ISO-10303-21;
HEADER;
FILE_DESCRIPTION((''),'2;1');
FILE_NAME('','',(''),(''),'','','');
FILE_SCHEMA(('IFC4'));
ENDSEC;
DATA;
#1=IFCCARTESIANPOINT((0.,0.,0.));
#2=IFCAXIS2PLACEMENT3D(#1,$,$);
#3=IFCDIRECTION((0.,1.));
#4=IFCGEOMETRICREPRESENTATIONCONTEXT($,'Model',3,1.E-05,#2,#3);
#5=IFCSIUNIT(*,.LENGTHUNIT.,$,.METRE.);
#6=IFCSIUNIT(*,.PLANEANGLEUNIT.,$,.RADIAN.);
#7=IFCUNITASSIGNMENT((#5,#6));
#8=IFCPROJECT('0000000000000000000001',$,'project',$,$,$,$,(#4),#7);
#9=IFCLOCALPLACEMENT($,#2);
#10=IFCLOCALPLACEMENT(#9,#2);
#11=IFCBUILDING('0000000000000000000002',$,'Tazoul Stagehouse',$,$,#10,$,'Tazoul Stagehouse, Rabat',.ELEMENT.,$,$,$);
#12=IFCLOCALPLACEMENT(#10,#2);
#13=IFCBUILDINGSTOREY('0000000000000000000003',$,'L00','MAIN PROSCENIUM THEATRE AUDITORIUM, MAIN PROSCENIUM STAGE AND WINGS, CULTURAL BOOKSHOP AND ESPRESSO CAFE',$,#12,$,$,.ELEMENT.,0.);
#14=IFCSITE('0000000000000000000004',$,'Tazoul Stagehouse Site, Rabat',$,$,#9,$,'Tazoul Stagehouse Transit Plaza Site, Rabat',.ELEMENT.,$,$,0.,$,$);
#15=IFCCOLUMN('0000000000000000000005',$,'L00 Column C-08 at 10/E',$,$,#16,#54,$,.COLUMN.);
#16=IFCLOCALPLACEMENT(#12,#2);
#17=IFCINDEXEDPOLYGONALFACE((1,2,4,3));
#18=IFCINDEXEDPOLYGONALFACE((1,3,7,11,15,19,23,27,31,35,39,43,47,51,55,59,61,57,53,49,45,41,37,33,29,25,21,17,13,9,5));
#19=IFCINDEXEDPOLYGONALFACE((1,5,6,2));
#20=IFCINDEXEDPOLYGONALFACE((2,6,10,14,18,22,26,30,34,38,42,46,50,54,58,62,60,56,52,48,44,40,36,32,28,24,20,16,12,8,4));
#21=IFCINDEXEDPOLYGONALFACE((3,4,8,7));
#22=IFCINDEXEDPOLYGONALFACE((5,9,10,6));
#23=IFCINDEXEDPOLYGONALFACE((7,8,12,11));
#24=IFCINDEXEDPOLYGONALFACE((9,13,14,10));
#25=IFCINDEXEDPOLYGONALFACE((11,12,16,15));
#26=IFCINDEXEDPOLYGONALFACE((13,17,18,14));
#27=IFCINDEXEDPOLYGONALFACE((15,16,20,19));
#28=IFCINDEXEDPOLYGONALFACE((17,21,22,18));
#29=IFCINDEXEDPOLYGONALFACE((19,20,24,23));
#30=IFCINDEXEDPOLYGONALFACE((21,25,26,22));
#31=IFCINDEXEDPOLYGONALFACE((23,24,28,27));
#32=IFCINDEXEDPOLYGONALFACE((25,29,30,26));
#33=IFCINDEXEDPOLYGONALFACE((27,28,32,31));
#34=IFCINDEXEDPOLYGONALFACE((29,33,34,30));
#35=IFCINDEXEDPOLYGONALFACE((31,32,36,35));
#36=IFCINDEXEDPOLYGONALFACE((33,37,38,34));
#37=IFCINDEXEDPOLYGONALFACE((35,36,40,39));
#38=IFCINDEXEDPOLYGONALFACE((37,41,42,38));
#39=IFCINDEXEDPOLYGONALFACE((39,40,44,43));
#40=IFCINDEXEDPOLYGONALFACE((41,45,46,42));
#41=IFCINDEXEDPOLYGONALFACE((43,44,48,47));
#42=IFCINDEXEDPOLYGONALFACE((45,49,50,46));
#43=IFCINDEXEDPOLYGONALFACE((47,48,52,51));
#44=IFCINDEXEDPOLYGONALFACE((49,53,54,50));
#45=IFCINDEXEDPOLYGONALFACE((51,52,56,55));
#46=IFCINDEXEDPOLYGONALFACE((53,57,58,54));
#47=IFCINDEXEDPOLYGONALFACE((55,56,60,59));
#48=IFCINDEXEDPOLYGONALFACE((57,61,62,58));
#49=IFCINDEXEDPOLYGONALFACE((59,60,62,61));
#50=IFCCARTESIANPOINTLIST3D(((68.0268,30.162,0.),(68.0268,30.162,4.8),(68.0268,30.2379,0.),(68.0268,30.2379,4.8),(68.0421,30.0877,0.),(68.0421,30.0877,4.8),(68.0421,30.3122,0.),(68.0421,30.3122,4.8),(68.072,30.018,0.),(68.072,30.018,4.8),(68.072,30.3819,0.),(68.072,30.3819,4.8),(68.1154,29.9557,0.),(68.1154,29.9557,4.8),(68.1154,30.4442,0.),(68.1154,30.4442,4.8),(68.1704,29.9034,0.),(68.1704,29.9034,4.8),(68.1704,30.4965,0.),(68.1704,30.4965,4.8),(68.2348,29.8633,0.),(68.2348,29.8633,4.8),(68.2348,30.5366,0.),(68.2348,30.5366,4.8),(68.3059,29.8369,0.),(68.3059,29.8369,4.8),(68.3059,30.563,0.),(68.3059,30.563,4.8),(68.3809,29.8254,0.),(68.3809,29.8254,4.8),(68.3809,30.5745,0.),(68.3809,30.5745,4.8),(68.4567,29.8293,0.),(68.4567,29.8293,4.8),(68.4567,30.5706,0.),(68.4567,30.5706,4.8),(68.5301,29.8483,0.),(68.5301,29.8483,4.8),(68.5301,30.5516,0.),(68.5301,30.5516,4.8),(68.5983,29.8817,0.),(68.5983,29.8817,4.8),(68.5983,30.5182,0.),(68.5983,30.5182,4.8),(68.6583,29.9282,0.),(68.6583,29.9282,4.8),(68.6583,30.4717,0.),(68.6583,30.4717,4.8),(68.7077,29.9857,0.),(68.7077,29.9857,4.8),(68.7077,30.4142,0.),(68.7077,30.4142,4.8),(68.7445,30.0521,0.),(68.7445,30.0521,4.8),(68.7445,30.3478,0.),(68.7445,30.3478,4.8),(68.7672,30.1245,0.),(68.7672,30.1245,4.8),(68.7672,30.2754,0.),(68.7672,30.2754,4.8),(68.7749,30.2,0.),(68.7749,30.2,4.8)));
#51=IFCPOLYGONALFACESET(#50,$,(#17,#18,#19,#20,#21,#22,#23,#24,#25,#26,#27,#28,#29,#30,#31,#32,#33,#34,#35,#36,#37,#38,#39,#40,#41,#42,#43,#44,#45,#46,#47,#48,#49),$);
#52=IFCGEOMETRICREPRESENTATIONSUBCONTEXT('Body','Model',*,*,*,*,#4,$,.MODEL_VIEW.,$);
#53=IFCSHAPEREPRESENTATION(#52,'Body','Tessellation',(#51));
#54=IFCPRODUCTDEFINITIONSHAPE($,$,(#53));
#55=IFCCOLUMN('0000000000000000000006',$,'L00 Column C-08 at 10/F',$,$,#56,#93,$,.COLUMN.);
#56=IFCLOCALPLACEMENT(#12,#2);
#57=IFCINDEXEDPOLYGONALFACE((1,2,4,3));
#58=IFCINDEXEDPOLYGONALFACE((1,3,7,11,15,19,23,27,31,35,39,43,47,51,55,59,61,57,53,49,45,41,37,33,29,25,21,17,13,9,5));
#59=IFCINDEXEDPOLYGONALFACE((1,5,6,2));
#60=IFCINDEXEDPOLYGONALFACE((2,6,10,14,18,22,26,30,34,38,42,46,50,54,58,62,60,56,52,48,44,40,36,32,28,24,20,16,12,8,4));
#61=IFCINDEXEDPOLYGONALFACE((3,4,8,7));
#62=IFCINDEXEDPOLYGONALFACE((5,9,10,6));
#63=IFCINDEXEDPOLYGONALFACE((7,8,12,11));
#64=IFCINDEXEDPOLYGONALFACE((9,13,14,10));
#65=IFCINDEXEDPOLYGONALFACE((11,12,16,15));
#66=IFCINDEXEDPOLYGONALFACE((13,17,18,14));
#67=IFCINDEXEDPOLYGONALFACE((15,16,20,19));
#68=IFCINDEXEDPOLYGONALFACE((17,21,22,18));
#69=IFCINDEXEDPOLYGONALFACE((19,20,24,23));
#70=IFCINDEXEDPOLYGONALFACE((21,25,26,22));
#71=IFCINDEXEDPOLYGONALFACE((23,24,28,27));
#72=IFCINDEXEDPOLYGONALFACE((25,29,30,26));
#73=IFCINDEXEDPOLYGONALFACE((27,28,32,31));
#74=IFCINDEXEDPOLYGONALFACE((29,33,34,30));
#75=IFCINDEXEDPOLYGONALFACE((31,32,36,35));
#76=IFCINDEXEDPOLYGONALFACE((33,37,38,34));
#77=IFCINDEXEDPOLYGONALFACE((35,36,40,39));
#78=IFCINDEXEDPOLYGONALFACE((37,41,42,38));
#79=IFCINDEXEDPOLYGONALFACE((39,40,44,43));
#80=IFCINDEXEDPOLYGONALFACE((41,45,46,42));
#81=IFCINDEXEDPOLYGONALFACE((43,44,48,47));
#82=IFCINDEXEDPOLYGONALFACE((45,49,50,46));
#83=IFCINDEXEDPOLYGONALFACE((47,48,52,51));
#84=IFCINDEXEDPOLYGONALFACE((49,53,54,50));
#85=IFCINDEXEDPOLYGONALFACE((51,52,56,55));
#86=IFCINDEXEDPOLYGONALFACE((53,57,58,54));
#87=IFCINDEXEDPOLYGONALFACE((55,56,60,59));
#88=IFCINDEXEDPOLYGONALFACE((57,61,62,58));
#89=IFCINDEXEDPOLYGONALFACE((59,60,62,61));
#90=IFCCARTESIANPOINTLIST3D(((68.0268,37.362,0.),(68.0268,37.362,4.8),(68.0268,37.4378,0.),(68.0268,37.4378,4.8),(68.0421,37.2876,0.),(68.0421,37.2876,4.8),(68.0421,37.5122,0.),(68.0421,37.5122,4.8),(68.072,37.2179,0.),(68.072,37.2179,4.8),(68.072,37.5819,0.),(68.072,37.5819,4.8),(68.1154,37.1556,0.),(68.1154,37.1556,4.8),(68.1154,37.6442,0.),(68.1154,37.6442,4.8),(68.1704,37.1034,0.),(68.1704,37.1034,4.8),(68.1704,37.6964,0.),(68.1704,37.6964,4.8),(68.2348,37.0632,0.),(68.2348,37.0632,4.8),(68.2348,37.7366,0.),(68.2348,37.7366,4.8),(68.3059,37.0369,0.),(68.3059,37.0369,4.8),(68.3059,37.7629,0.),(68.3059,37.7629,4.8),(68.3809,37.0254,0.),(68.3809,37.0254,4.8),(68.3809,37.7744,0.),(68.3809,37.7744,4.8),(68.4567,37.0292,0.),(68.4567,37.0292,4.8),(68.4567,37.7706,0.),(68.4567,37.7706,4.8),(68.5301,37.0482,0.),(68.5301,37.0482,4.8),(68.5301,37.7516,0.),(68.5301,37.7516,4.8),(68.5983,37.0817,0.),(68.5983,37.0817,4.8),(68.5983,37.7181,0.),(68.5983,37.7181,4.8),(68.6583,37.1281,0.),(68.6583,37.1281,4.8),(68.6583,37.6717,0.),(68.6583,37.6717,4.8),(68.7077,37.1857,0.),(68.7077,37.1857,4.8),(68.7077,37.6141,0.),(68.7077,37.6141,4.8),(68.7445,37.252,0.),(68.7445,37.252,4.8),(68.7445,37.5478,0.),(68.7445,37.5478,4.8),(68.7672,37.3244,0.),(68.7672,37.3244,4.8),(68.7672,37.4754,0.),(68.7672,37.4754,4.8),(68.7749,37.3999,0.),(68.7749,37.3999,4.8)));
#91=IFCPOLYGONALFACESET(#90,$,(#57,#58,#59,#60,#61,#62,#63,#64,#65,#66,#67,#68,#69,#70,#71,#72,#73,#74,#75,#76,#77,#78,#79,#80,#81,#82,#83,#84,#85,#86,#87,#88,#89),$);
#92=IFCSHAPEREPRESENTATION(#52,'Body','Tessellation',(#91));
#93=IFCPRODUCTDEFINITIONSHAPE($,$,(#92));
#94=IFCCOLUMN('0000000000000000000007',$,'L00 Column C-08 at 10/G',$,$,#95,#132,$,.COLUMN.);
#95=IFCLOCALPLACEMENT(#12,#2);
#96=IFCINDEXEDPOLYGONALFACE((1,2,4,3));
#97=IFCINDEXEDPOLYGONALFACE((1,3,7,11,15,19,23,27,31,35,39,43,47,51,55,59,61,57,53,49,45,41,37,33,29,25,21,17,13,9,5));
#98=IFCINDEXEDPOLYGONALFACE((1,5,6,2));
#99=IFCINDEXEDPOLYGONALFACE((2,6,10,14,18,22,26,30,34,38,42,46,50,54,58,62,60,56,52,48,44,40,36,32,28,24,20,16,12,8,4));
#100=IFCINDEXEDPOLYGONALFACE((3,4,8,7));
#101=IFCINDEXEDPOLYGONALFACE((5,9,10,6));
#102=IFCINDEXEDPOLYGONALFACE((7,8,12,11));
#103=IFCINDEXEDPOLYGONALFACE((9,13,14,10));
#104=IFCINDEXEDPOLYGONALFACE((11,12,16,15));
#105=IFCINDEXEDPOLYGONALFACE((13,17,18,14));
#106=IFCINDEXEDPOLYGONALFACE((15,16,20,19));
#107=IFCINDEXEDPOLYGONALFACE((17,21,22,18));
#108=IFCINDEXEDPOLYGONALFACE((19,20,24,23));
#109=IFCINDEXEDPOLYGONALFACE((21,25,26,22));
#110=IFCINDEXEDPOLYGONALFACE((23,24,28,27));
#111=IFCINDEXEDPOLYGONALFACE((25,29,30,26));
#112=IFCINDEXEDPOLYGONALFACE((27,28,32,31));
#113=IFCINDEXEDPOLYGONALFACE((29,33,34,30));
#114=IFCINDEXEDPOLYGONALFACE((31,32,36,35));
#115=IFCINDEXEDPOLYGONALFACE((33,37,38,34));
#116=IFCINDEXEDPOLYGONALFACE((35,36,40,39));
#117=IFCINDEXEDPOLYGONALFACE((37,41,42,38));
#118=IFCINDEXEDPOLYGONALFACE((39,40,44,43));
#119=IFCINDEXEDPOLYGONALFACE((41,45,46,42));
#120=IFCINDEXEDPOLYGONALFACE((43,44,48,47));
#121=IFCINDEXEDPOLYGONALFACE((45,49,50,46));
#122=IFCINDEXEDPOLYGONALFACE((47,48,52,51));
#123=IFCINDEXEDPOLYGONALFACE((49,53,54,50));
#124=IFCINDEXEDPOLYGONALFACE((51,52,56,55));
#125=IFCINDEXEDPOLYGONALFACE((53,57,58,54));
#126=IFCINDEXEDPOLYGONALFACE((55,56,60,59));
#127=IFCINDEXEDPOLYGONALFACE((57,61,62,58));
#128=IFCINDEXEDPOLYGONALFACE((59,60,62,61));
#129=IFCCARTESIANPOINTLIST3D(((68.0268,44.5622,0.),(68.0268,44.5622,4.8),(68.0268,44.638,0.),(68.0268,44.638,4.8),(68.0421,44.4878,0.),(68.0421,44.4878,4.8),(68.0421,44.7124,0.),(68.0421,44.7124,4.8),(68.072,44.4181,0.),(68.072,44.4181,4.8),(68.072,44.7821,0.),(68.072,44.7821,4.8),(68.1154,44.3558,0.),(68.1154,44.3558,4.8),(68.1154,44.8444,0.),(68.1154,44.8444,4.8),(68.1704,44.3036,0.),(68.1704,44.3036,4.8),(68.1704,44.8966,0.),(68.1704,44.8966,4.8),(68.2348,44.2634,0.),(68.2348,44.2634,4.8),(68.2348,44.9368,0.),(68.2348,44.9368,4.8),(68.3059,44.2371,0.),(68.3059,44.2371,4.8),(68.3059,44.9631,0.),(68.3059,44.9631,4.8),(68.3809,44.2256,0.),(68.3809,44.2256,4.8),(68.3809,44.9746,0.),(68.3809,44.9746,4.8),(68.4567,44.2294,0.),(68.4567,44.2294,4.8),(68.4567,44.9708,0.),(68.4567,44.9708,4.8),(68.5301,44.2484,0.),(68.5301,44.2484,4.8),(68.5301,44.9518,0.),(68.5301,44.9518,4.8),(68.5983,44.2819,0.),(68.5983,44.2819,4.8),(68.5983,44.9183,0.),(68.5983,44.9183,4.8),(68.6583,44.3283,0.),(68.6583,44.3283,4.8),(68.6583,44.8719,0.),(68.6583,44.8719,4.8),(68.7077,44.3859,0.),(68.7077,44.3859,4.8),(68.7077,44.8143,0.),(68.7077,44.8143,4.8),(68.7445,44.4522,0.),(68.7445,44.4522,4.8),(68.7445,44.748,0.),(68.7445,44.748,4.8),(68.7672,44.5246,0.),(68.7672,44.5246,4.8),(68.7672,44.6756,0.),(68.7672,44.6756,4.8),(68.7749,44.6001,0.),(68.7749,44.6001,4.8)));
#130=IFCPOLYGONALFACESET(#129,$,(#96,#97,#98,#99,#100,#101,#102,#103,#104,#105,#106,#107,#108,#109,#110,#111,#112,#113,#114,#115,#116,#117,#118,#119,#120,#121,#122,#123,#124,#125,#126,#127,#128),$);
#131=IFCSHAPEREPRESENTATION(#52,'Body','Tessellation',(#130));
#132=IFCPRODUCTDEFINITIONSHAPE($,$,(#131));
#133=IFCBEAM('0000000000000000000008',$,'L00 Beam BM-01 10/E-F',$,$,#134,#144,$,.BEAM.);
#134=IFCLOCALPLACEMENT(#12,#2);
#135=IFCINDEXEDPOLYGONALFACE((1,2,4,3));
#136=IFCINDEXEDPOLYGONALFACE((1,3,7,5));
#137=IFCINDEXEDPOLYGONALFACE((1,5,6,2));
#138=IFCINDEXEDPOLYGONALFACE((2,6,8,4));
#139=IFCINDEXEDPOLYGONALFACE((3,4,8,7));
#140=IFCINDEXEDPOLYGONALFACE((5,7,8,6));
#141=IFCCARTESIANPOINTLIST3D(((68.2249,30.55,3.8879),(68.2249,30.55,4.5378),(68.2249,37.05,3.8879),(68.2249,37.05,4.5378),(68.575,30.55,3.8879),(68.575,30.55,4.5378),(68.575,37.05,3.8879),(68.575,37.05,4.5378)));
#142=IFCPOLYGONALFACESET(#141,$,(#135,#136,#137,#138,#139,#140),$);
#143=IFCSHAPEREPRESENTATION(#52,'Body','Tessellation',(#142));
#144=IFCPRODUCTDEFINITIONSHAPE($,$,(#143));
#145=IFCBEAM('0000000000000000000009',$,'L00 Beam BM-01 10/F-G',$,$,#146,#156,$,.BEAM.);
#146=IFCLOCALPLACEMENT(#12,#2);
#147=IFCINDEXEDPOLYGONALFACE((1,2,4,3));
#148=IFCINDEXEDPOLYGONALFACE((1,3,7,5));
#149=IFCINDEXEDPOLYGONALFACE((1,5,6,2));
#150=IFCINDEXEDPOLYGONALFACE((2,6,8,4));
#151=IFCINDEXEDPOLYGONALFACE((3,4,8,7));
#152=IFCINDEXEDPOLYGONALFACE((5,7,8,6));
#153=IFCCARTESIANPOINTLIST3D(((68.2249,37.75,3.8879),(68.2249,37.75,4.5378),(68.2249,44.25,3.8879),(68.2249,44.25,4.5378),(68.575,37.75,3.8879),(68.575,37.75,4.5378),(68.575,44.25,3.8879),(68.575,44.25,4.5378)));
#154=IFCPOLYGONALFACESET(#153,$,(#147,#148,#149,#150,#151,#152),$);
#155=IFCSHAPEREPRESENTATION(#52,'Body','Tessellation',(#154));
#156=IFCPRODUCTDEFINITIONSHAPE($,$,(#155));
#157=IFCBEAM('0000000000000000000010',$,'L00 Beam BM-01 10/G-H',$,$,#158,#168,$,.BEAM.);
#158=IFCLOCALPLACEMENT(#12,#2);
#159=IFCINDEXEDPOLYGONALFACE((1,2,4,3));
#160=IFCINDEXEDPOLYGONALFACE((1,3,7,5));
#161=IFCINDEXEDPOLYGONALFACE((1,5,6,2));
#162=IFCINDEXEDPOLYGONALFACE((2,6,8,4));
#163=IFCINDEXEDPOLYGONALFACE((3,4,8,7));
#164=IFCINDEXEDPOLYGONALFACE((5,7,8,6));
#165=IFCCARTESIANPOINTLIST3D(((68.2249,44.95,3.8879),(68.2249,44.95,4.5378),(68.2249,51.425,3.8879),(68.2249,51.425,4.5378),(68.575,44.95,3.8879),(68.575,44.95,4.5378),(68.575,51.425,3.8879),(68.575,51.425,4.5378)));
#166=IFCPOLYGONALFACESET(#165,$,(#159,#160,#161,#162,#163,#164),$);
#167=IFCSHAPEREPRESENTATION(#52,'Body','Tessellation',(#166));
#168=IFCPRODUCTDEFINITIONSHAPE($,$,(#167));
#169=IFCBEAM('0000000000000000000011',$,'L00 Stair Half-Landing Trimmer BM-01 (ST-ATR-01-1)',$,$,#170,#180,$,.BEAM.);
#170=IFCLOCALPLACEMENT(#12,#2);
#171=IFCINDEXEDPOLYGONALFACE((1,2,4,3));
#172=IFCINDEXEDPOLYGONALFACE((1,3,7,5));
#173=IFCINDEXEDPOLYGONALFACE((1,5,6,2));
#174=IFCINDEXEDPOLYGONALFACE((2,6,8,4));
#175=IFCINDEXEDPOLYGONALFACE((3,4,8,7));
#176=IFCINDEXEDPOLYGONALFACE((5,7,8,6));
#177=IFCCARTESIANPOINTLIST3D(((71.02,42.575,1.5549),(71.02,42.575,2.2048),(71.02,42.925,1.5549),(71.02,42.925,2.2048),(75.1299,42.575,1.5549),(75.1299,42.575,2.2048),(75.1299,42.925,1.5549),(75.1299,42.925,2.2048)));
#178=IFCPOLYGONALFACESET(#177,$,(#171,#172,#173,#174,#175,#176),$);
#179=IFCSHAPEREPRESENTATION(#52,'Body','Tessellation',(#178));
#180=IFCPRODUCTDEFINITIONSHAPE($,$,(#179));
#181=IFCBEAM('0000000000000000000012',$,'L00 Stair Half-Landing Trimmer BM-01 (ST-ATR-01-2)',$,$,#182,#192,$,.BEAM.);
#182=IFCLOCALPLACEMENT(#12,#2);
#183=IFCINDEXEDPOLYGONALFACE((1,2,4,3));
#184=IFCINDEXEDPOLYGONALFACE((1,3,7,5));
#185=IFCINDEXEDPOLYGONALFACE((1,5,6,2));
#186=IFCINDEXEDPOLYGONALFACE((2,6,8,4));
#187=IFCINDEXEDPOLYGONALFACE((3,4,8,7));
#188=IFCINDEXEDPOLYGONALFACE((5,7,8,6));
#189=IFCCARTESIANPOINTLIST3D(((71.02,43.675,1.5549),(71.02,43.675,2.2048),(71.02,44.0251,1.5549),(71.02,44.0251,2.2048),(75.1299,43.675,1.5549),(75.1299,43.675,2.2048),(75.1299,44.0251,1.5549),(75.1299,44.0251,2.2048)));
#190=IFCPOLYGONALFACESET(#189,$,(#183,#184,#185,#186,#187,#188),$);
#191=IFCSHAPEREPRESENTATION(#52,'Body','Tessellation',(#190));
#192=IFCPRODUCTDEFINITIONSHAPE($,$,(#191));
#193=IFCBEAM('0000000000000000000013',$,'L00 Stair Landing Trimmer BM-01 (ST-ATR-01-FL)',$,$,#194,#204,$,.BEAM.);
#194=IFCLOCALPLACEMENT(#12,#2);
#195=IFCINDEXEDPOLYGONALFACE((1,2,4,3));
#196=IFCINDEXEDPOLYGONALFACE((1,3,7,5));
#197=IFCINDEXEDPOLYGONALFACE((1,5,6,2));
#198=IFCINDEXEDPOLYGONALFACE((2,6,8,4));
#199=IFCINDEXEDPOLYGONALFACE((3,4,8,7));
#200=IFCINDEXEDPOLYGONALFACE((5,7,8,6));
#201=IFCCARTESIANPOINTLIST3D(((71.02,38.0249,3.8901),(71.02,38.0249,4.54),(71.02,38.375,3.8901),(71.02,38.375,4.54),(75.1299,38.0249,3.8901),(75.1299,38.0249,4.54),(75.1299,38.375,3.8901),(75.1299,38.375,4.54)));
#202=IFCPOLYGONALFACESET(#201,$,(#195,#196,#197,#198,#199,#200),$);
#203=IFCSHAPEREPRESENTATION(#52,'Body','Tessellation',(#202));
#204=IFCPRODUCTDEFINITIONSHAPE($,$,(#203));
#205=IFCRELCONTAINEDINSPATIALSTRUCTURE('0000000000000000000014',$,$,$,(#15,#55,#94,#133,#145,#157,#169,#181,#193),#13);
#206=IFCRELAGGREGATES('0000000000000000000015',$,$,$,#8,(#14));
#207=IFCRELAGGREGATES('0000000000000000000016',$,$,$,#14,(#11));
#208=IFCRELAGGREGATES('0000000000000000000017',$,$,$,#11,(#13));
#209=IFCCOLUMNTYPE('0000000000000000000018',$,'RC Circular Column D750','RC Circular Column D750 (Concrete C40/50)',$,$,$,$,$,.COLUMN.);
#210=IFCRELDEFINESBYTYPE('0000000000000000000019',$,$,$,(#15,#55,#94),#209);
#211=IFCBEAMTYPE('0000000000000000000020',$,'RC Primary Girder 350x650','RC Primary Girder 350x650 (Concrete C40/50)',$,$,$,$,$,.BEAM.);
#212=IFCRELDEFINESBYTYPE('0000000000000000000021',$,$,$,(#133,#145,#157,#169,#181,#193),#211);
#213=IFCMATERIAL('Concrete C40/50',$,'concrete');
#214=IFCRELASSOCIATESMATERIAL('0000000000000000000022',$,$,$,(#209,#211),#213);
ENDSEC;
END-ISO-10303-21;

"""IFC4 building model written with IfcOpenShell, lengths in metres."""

from ifc_helpers import new_model, si_unit, direction, frame, origin, origin_2d, place, context, subcontext, project, spatial, rectangle, circle, extrude, material, material_profile, profile_set, type_object, element, save


model = new_model("IFC4")

# Units and contexts
model_context = context("Model", 3, precision=1e-05, world=origin(), true_north=direction((0.0, 1.0)))
body_context = subcontext(model_context, "Body", "Model", "MODEL_VIEW")
ifc_project = project(units=[si_unit("LENGTHUNIT", "METRE"), si_unit("PLANEANGLEUNIT", "RADIAN")], contexts=[model_context])

# Site, building, storey
site_placement = place(None, origin())
site = spatial("IfcSite", under=ifc_project, at=site_placement, Name="Tazoul Stagehouse Site, Rabat", LongName="Tazoul Stagehouse Transit Plaza Site, Rabat", CompositionType="ELEMENT", RefElevation=0.0)
building_placement = place(site_placement, origin())
building = spatial("IfcBuilding", under=site, at=building_placement, Name="Tazoul Stagehouse", LongName="Tazoul Stagehouse, Rabat", CompositionType="ELEMENT")
storey_placement = place(building_placement, origin())
storey = spatial("IfcBuildingStorey", under=building, at=storey_placement, Name="L00", Description="MAIN PROSCENIUM THEATRE AUDITORIUM, MAIN PROSCENIUM STAGE AND WINGS, CULTURAL BOOKSHOP AND ESPRESSO CAFE", CompositionType="ELEMENT", Elevation=0.0)

# Columns
ifc_material_1 = material(Name="Concrete C40/50", Category="concrete")
ifc_material_profile_1 = material_profile(ifc_material_1, circle(Radius=0.375, at=origin_2d()), Name="RC D750")
ifc_profile_set_1 = profile_set([ifc_material_profile_1], Name="Concrete C40/50")
column_type = type_object("IfcColumnType", Name="RC Circular Column D750", Description="RC Circular Column D750 (Concrete C40/50)", PredefinedType="COLUMN", material=ifc_profile_set_1)
for number, where, z_axis, x_axis, name in (
    (1, (68.3999, 30.2, 0.0), (0.0, 0.0, 1.0), (1.0, 0.0, 0.0), "L00 Column C-08 at 10/E"),
    (2, (68.3999, 37.3999, 0.0), (0.0, 0.0, 1.0), (1.0, 0.0, 0.0), "L00 Column C-08 at 10/F"),
    (3, (68.3999, 44.6001, 0.0), (0.0, 0.0, 1.0), (1.0, 0.0, 0.0), "L00 Column C-08 at 10/G"),
):
    element("IfcColumn", number, at=place(storey_placement, frame(where, z_axis=z_axis, x_axis=x_axis)), inside=storey, type_object=column_type, Name=name, PredefinedType="COLUMN", context=body_context, shape_type="SweptSolid", body=[
        extrude(circle(Radius=0.375, at=origin_2d()), origin(), (0.0, 0.0, 1.0), 4.8),
    ])

# Beams
ifc_material_profile_2 = material_profile(ifc_material_1, rectangle(XDim=0.3501, YDim=0.6499, at=origin_2d()), Name="RC 350x650")
ifc_profile_set_2 = profile_set([ifc_material_profile_2], Name="Concrete C40/50")
beam_type_1 = type_object("IfcBeamType", Name="RC Primary Girder 350x650", Description="RC Primary Girder 350x650 (Concrete C40/50)", PredefinedType="BEAM", material=ifc_profile_set_2)
for number, where, z_axis, x_axis, name in (
    (4, (68.3999, 30.55, 4.2129), (0.0, 1.0, 0.0), (-1.0, 0.0, 0.0), "L00 Beam BM-01 10/E-F"),
    (5, (68.3999, 37.75, 4.2129), (0.0, 1.0, 0.0), (-1.0, 0.0, 0.0), "L00 Beam BM-01 10/F-G"),
):
    element("IfcBeam", number, at=place(storey_placement, frame(where, z_axis=z_axis, x_axis=x_axis)), inside=storey, type_object=beam_type_1, Name=name, PredefinedType="BEAM", context=body_context, shape_type="SweptSolid", body=[
        extrude(rectangle(XDim=0.3501, YDim=0.6499, at=origin_2d()), origin(), (0.0, 0.0, 1.0), 6.5),
    ])
beam_placement = place(storey_placement, frame((68.3999, 44.95, 4.2129), z_axis=(0.0, 1.0, 0.0), x_axis=(-1.0, 0.0, 0.0)))
element("IfcBeam", 6, at=beam_placement, inside=storey, type_object=beam_type_1, Name="L00 Beam BM-01 10/G-H", PredefinedType="BEAM", context=body_context, shape_type="SweptSolid", body=[
    extrude(rectangle(XDim=0.3501, YDim=0.6499, at=origin_2d()), origin(), (0.0, 0.0, 1.0), 6.4751),
])
for number, where, z_axis, x_axis, name in (
    (7, (71.02, 42.75, 1.8799), (1.0, 0.0, 0.0), (0.0, 1.0, 0.0), "L00 Stair Half-Landing Trimmer BM-01 (ST-ATR-01-1)"),
    (8, (71.02, 43.8501, 1.8799), (1.0, 0.0, 0.0), (0.0, 1.0, 0.0), "L00 Stair Half-Landing Trimmer BM-01 (ST-ATR-01-2)"),
    (9, (71.02, 38.2, 4.2151), (1.0, 0.0, 0.0), (0.0, 1.0, 0.0), "L00 Stair Landing Trimmer BM-01 (ST-ATR-01-FL)"),
):
    element("IfcBeam", number, at=place(storey_placement, frame(where, z_axis=z_axis, x_axis=x_axis)), inside=storey, type_object=beam_type_1, Name=name, PredefinedType="BEAM", context=body_context, shape_type="SweptSolid", body=[
        extrude(rectangle(XDim=0.3501, YDim=0.6499, at=origin_2d()), origin(), (0.0, 0.0, 1.0), 4.1099),
    ])

save(model, "model.ifc")
